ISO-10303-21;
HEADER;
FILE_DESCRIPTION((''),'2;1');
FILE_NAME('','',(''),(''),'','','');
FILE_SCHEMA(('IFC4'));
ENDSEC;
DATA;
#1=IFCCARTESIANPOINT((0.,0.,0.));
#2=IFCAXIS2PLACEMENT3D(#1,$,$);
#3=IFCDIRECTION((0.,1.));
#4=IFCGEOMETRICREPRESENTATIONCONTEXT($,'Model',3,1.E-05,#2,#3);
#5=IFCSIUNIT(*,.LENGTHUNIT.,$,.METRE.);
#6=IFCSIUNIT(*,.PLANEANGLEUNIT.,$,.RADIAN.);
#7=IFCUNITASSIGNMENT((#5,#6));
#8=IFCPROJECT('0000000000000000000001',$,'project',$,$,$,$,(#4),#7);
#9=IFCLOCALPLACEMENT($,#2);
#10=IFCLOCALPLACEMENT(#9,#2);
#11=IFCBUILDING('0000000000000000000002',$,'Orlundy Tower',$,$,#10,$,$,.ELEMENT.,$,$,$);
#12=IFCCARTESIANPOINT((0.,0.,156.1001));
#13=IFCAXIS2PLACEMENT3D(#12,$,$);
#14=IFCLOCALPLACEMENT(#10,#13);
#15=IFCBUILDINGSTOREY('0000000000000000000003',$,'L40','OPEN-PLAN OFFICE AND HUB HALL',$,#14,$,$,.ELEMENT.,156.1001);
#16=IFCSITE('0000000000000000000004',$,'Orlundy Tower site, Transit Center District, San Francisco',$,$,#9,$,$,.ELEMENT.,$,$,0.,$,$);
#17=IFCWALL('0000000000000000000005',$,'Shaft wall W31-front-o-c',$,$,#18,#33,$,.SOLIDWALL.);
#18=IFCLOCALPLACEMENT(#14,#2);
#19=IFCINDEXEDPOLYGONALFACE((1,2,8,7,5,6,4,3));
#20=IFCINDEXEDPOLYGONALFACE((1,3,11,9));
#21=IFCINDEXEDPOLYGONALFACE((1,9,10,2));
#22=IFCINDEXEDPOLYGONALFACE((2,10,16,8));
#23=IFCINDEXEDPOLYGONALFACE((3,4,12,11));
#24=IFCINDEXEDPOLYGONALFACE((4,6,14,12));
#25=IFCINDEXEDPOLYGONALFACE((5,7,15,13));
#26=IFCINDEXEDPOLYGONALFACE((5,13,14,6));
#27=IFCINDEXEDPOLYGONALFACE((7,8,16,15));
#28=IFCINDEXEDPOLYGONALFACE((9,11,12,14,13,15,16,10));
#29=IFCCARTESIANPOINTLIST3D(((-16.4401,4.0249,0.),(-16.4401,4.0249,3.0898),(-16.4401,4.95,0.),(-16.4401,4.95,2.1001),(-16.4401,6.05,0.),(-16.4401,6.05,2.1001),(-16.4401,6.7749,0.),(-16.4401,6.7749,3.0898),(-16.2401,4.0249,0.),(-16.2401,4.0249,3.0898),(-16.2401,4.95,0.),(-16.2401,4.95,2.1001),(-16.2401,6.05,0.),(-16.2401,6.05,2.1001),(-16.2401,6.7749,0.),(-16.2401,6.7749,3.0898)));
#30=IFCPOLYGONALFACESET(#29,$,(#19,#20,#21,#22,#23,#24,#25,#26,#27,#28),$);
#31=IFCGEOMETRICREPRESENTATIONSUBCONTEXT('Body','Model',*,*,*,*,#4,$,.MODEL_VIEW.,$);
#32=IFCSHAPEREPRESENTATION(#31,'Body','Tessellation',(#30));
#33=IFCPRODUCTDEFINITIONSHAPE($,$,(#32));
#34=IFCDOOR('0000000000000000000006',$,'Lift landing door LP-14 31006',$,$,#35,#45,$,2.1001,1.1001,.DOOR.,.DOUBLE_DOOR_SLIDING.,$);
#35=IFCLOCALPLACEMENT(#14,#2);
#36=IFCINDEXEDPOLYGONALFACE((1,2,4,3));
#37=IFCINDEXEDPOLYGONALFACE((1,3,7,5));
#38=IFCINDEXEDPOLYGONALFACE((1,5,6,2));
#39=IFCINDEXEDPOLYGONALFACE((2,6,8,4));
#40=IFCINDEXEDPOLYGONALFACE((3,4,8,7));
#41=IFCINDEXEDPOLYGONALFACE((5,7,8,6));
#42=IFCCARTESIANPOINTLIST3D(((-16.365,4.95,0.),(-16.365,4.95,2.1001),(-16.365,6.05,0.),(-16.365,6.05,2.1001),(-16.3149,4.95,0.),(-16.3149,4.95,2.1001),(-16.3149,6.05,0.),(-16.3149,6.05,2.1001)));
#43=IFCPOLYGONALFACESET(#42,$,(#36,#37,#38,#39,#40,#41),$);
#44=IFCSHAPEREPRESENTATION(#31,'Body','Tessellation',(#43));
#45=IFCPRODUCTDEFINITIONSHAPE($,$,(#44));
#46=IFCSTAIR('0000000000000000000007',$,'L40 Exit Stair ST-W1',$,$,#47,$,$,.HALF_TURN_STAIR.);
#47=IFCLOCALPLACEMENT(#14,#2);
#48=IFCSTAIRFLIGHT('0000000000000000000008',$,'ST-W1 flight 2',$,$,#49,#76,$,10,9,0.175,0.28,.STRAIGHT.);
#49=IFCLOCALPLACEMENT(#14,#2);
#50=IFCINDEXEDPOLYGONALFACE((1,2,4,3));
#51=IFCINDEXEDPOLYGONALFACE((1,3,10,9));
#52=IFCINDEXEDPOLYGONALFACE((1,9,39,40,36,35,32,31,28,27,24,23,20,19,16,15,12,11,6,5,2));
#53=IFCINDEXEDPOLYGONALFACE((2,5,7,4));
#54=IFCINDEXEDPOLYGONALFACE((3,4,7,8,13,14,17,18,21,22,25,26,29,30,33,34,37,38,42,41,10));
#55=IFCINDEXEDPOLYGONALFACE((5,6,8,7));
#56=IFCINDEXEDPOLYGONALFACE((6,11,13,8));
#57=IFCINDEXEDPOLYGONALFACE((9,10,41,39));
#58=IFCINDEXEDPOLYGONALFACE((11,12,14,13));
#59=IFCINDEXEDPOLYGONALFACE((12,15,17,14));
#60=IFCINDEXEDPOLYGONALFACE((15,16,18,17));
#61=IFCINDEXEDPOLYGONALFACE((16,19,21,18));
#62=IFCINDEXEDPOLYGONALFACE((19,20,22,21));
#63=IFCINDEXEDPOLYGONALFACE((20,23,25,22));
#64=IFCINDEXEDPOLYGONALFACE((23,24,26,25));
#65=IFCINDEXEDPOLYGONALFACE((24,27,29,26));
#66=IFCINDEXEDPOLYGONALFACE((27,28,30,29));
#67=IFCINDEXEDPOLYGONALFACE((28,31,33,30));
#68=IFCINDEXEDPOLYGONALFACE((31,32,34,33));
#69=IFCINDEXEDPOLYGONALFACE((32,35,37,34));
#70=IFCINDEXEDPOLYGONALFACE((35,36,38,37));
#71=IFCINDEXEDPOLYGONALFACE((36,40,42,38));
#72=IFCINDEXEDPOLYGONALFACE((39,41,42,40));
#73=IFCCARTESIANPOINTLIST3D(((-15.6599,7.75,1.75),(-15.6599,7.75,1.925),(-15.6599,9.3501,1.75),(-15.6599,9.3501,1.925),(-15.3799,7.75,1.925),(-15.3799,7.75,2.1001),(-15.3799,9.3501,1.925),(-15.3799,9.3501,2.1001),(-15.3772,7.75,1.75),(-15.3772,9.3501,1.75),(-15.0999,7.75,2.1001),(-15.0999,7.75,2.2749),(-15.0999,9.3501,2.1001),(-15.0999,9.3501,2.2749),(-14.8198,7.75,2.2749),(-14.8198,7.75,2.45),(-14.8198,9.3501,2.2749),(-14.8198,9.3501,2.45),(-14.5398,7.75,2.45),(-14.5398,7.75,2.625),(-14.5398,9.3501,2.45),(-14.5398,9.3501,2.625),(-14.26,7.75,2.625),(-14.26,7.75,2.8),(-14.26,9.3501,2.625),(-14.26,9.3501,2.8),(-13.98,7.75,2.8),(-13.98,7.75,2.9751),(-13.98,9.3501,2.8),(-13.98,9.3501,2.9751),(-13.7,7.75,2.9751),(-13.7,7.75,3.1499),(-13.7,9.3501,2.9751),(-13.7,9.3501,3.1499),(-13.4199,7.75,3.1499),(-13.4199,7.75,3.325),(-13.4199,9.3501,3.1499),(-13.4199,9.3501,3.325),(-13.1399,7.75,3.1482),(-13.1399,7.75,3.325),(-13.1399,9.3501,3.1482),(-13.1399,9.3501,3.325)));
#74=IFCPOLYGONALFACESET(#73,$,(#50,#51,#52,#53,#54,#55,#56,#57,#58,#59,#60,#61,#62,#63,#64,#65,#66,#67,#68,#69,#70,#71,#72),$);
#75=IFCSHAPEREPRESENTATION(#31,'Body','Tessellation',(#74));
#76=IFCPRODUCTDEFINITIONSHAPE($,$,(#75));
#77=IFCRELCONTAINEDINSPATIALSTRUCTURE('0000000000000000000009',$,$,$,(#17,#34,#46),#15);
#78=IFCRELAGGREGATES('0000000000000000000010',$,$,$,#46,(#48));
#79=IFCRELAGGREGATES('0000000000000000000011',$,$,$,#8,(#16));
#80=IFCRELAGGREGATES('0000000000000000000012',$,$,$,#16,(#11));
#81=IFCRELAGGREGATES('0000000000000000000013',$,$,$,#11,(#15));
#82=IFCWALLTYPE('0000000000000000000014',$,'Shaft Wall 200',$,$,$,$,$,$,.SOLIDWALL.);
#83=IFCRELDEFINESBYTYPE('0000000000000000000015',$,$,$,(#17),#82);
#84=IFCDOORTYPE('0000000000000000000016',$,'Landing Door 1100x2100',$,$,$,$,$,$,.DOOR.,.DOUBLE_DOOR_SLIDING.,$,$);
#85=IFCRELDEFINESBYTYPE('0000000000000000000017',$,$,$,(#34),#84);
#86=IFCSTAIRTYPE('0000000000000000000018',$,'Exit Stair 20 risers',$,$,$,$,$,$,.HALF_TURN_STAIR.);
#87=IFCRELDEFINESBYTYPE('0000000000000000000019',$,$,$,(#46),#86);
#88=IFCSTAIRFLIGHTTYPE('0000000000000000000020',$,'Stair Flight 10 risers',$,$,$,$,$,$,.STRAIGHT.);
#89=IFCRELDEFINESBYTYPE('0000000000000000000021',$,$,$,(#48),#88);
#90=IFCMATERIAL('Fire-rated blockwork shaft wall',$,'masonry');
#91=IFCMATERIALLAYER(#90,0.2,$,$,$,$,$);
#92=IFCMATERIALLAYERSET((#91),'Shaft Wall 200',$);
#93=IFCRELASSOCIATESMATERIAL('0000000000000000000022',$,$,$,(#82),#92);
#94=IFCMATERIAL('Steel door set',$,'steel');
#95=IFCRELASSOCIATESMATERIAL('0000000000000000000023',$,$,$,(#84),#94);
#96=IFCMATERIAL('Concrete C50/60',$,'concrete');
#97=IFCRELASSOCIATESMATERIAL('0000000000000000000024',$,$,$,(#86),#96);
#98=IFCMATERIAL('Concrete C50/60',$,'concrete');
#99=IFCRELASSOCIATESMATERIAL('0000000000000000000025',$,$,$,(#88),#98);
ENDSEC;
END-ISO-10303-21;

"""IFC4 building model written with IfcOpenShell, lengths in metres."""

from ifc_helpers import new_model, si_unit, direction, frame, frame_2d, origin, place, context, subcontext, project, spatial, polyline, rectangle, outline, extrude, material, layer, layer_set, type_object, element, fill, aggregate, save


model = new_model("IFC4")

# Units and contexts
model_context = context("Model", 3, precision=1e-05, world=origin(), true_north=direction((0.0, 1.0)))
body_context = subcontext(model_context, "Body", "Model", "MODEL_VIEW")
ifc_project = project(units=[si_unit("LENGTHUNIT", "METRE"), si_unit("PLANEANGLEUNIT", "RADIAN")], contexts=[model_context])

# Site, building, storey
site_placement = place(None, origin())
site = spatial("IfcSite", under=ifc_project, at=site_placement, Name="Orlundy Tower site, Transit Center District, San Francisco", CompositionType="ELEMENT", RefElevation=0.0)
building_placement = place(site_placement, origin())
building = spatial("IfcBuilding", under=site, at=building_placement, Name="Orlundy Tower", CompositionType="ELEMENT")
storey_placement = place(building_placement, frame((0.0, 0.0, 156.1001)))
storey = spatial("IfcBuildingStorey", under=building, at=storey_placement, Name="L40", Description="OPEN-PLAN OFFICE AND HUB HALL", CompositionType="ELEMENT", Elevation=156.1001)

# Wall, opening, door
ifc_material_1 = material(Name="Fire-rated blockwork shaft wall", Category="masonry")
ifc_layer_1 = layer(ifc_material_1, 0.2)
ifc_layer_set_1 = layer_set([ifc_layer_1], Name="Shaft Wall 200")
wall_type_1 = type_object("IfcWallType", Name="Shaft Wall 200", PredefinedType="SOLIDWALL", material=ifc_layer_set_1)
wall_1_placement = place(storey_placement, frame((-16.3401, 4.0249, 0.0), z_axis=(0.0, 0.0, 1.0), x_axis=(0.0, 1.0, 0.0)))
wall_1 = element("IfcWall", 1, at=wall_1_placement, inside=storey, type_object=wall_type_1, Name="Shaft wall W31-front-o-c", PredefinedType="SOLIDWALL", context=body_context, shape_type="SweptSolid", body=[
    extrude(rectangle(XDim=2.75, YDim=0.2, at=frame_2d((1.375, 0.0))), origin(), (0.0, 0.0, 1.0), 3.0898),
])
opening_1_placement = place(wall_1_placement, frame((0.925, 0.0, 0.0)))
opening_1 = element("IfcOpeningElement", 2, at=opening_1_placement, cuts=wall_1, PredefinedType="OPENING", context=body_context, shape_type="SweptSolid", body=[
    extrude(rectangle(XDim=1.1001, YDim=2.1001, at=frame_2d((0.55, 1.05))), frame((0.0, 0.1101, 0.0), z_axis=(0.0, -1.0, 0.0), x_axis=(1.0, 0.0, 0.0)), (0.0, 0.0, 1.0), 0.2202),
])
ifc_material_2 = material(Name="Steel door set", Category="steel")
door_type_1 = type_object("IfcDoorType", Name="Landing Door 1100x2100", OperationType="DOUBLE_DOOR_SLIDING", PredefinedType="DOOR", material=ifc_material_2)
door_1_placement = place(opening_1_placement, origin())
door_1 = element("IfcDoor", 3, at=door_1_placement, inside=storey, type_object=door_type_1, Name="Lift landing door LP-14 31006", OperationType="DOUBLE_DOOR_SLIDING", OverallHeight=2.1001, OverallWidth=1.1001, PredefinedType="DOOR", context=body_context, shape_type="SweptSolid", body=[
    extrude(rectangle(XDim=1.1001, YDim=2.1001, at=frame_2d((0.55, 1.05))), frame((0.0, 0.0249, 0.0), z_axis=(0.0, -1.0, 0.0), x_axis=(1.0, 0.0, 0.0)), (0.0, 0.0, 1.0), 0.05),
])
fill(opening_1, door_1)

# Stair, stair flight
ifc_material_3 = material(Name="Concrete C50/60", Category="concrete")
stair_type = type_object("IfcStairType", Name="Exit Stair 20 risers", PredefinedType="HALF_TURN_STAIR", material=ifc_material_3)
stair_placement = place(storey_placement, origin())
stair = element("IfcStair", 4, at=stair_placement, inside=storey, type_object=stair_type, Name="L40 Exit Stair ST-W1", PredefinedType="HALF_TURN_STAIR")
ifc_material_4 = material(Name="Concrete C50/60", Category="concrete")
stair_flight_type = type_object("IfcStairFlightType", Name="Stair Flight 10 risers", PredefinedType="STRAIGHT", material=ifc_material_4)
stair_flight_placement = place(storey_placement, frame((-15.6599, 8.55, 1.75), z_axis=(0.0, 0.0, 1.0), x_axis=(1.0, 0.0, 0.0)))
stair_flight = element("IfcStairFlight", 5, at=stair_flight_placement, type_object=stair_flight_type, Name="ST-W1 flight 2", NumberOfRisers=10, NumberOfTreads=9, PredefinedType="STRAIGHT", RiserHeight=0.175, TreadLength=0.28, context=body_context, shape_type="SweptSolid", body=[
    extrude(outline(polyline([(0.0, 0.0), (0.0, 0.175), (0.28, 0.175), (0.28, 0.3501), (0.5601, 0.3501), (0.5601, 0.5249), (0.8401, 0.5249), (0.8401, 0.7), (1.1201, 0.7), (1.1201, 0.875), (1.3999, 0.875), (1.3999, 1.05), (1.6799, 1.05), (1.6799, 1.2251), (1.96, 1.2251), (1.96, 1.3999), (2.24, 1.3999), (2.24, 1.575), (2.52, 1.575), (2.52, 1.75), (2.52, 1.3982), (0.2827, 0.0), (0.0, 0.0)])), frame((0.0, 0.8, 0.0), z_axis=(0.0, -1.0, 0.0), x_axis=(1.0, 0.0, 0.0)), (0.0, 0.0, 1.0), 1.6001),
])
aggregate(stair, [stair_flight])

save(model, "model.ifc")
